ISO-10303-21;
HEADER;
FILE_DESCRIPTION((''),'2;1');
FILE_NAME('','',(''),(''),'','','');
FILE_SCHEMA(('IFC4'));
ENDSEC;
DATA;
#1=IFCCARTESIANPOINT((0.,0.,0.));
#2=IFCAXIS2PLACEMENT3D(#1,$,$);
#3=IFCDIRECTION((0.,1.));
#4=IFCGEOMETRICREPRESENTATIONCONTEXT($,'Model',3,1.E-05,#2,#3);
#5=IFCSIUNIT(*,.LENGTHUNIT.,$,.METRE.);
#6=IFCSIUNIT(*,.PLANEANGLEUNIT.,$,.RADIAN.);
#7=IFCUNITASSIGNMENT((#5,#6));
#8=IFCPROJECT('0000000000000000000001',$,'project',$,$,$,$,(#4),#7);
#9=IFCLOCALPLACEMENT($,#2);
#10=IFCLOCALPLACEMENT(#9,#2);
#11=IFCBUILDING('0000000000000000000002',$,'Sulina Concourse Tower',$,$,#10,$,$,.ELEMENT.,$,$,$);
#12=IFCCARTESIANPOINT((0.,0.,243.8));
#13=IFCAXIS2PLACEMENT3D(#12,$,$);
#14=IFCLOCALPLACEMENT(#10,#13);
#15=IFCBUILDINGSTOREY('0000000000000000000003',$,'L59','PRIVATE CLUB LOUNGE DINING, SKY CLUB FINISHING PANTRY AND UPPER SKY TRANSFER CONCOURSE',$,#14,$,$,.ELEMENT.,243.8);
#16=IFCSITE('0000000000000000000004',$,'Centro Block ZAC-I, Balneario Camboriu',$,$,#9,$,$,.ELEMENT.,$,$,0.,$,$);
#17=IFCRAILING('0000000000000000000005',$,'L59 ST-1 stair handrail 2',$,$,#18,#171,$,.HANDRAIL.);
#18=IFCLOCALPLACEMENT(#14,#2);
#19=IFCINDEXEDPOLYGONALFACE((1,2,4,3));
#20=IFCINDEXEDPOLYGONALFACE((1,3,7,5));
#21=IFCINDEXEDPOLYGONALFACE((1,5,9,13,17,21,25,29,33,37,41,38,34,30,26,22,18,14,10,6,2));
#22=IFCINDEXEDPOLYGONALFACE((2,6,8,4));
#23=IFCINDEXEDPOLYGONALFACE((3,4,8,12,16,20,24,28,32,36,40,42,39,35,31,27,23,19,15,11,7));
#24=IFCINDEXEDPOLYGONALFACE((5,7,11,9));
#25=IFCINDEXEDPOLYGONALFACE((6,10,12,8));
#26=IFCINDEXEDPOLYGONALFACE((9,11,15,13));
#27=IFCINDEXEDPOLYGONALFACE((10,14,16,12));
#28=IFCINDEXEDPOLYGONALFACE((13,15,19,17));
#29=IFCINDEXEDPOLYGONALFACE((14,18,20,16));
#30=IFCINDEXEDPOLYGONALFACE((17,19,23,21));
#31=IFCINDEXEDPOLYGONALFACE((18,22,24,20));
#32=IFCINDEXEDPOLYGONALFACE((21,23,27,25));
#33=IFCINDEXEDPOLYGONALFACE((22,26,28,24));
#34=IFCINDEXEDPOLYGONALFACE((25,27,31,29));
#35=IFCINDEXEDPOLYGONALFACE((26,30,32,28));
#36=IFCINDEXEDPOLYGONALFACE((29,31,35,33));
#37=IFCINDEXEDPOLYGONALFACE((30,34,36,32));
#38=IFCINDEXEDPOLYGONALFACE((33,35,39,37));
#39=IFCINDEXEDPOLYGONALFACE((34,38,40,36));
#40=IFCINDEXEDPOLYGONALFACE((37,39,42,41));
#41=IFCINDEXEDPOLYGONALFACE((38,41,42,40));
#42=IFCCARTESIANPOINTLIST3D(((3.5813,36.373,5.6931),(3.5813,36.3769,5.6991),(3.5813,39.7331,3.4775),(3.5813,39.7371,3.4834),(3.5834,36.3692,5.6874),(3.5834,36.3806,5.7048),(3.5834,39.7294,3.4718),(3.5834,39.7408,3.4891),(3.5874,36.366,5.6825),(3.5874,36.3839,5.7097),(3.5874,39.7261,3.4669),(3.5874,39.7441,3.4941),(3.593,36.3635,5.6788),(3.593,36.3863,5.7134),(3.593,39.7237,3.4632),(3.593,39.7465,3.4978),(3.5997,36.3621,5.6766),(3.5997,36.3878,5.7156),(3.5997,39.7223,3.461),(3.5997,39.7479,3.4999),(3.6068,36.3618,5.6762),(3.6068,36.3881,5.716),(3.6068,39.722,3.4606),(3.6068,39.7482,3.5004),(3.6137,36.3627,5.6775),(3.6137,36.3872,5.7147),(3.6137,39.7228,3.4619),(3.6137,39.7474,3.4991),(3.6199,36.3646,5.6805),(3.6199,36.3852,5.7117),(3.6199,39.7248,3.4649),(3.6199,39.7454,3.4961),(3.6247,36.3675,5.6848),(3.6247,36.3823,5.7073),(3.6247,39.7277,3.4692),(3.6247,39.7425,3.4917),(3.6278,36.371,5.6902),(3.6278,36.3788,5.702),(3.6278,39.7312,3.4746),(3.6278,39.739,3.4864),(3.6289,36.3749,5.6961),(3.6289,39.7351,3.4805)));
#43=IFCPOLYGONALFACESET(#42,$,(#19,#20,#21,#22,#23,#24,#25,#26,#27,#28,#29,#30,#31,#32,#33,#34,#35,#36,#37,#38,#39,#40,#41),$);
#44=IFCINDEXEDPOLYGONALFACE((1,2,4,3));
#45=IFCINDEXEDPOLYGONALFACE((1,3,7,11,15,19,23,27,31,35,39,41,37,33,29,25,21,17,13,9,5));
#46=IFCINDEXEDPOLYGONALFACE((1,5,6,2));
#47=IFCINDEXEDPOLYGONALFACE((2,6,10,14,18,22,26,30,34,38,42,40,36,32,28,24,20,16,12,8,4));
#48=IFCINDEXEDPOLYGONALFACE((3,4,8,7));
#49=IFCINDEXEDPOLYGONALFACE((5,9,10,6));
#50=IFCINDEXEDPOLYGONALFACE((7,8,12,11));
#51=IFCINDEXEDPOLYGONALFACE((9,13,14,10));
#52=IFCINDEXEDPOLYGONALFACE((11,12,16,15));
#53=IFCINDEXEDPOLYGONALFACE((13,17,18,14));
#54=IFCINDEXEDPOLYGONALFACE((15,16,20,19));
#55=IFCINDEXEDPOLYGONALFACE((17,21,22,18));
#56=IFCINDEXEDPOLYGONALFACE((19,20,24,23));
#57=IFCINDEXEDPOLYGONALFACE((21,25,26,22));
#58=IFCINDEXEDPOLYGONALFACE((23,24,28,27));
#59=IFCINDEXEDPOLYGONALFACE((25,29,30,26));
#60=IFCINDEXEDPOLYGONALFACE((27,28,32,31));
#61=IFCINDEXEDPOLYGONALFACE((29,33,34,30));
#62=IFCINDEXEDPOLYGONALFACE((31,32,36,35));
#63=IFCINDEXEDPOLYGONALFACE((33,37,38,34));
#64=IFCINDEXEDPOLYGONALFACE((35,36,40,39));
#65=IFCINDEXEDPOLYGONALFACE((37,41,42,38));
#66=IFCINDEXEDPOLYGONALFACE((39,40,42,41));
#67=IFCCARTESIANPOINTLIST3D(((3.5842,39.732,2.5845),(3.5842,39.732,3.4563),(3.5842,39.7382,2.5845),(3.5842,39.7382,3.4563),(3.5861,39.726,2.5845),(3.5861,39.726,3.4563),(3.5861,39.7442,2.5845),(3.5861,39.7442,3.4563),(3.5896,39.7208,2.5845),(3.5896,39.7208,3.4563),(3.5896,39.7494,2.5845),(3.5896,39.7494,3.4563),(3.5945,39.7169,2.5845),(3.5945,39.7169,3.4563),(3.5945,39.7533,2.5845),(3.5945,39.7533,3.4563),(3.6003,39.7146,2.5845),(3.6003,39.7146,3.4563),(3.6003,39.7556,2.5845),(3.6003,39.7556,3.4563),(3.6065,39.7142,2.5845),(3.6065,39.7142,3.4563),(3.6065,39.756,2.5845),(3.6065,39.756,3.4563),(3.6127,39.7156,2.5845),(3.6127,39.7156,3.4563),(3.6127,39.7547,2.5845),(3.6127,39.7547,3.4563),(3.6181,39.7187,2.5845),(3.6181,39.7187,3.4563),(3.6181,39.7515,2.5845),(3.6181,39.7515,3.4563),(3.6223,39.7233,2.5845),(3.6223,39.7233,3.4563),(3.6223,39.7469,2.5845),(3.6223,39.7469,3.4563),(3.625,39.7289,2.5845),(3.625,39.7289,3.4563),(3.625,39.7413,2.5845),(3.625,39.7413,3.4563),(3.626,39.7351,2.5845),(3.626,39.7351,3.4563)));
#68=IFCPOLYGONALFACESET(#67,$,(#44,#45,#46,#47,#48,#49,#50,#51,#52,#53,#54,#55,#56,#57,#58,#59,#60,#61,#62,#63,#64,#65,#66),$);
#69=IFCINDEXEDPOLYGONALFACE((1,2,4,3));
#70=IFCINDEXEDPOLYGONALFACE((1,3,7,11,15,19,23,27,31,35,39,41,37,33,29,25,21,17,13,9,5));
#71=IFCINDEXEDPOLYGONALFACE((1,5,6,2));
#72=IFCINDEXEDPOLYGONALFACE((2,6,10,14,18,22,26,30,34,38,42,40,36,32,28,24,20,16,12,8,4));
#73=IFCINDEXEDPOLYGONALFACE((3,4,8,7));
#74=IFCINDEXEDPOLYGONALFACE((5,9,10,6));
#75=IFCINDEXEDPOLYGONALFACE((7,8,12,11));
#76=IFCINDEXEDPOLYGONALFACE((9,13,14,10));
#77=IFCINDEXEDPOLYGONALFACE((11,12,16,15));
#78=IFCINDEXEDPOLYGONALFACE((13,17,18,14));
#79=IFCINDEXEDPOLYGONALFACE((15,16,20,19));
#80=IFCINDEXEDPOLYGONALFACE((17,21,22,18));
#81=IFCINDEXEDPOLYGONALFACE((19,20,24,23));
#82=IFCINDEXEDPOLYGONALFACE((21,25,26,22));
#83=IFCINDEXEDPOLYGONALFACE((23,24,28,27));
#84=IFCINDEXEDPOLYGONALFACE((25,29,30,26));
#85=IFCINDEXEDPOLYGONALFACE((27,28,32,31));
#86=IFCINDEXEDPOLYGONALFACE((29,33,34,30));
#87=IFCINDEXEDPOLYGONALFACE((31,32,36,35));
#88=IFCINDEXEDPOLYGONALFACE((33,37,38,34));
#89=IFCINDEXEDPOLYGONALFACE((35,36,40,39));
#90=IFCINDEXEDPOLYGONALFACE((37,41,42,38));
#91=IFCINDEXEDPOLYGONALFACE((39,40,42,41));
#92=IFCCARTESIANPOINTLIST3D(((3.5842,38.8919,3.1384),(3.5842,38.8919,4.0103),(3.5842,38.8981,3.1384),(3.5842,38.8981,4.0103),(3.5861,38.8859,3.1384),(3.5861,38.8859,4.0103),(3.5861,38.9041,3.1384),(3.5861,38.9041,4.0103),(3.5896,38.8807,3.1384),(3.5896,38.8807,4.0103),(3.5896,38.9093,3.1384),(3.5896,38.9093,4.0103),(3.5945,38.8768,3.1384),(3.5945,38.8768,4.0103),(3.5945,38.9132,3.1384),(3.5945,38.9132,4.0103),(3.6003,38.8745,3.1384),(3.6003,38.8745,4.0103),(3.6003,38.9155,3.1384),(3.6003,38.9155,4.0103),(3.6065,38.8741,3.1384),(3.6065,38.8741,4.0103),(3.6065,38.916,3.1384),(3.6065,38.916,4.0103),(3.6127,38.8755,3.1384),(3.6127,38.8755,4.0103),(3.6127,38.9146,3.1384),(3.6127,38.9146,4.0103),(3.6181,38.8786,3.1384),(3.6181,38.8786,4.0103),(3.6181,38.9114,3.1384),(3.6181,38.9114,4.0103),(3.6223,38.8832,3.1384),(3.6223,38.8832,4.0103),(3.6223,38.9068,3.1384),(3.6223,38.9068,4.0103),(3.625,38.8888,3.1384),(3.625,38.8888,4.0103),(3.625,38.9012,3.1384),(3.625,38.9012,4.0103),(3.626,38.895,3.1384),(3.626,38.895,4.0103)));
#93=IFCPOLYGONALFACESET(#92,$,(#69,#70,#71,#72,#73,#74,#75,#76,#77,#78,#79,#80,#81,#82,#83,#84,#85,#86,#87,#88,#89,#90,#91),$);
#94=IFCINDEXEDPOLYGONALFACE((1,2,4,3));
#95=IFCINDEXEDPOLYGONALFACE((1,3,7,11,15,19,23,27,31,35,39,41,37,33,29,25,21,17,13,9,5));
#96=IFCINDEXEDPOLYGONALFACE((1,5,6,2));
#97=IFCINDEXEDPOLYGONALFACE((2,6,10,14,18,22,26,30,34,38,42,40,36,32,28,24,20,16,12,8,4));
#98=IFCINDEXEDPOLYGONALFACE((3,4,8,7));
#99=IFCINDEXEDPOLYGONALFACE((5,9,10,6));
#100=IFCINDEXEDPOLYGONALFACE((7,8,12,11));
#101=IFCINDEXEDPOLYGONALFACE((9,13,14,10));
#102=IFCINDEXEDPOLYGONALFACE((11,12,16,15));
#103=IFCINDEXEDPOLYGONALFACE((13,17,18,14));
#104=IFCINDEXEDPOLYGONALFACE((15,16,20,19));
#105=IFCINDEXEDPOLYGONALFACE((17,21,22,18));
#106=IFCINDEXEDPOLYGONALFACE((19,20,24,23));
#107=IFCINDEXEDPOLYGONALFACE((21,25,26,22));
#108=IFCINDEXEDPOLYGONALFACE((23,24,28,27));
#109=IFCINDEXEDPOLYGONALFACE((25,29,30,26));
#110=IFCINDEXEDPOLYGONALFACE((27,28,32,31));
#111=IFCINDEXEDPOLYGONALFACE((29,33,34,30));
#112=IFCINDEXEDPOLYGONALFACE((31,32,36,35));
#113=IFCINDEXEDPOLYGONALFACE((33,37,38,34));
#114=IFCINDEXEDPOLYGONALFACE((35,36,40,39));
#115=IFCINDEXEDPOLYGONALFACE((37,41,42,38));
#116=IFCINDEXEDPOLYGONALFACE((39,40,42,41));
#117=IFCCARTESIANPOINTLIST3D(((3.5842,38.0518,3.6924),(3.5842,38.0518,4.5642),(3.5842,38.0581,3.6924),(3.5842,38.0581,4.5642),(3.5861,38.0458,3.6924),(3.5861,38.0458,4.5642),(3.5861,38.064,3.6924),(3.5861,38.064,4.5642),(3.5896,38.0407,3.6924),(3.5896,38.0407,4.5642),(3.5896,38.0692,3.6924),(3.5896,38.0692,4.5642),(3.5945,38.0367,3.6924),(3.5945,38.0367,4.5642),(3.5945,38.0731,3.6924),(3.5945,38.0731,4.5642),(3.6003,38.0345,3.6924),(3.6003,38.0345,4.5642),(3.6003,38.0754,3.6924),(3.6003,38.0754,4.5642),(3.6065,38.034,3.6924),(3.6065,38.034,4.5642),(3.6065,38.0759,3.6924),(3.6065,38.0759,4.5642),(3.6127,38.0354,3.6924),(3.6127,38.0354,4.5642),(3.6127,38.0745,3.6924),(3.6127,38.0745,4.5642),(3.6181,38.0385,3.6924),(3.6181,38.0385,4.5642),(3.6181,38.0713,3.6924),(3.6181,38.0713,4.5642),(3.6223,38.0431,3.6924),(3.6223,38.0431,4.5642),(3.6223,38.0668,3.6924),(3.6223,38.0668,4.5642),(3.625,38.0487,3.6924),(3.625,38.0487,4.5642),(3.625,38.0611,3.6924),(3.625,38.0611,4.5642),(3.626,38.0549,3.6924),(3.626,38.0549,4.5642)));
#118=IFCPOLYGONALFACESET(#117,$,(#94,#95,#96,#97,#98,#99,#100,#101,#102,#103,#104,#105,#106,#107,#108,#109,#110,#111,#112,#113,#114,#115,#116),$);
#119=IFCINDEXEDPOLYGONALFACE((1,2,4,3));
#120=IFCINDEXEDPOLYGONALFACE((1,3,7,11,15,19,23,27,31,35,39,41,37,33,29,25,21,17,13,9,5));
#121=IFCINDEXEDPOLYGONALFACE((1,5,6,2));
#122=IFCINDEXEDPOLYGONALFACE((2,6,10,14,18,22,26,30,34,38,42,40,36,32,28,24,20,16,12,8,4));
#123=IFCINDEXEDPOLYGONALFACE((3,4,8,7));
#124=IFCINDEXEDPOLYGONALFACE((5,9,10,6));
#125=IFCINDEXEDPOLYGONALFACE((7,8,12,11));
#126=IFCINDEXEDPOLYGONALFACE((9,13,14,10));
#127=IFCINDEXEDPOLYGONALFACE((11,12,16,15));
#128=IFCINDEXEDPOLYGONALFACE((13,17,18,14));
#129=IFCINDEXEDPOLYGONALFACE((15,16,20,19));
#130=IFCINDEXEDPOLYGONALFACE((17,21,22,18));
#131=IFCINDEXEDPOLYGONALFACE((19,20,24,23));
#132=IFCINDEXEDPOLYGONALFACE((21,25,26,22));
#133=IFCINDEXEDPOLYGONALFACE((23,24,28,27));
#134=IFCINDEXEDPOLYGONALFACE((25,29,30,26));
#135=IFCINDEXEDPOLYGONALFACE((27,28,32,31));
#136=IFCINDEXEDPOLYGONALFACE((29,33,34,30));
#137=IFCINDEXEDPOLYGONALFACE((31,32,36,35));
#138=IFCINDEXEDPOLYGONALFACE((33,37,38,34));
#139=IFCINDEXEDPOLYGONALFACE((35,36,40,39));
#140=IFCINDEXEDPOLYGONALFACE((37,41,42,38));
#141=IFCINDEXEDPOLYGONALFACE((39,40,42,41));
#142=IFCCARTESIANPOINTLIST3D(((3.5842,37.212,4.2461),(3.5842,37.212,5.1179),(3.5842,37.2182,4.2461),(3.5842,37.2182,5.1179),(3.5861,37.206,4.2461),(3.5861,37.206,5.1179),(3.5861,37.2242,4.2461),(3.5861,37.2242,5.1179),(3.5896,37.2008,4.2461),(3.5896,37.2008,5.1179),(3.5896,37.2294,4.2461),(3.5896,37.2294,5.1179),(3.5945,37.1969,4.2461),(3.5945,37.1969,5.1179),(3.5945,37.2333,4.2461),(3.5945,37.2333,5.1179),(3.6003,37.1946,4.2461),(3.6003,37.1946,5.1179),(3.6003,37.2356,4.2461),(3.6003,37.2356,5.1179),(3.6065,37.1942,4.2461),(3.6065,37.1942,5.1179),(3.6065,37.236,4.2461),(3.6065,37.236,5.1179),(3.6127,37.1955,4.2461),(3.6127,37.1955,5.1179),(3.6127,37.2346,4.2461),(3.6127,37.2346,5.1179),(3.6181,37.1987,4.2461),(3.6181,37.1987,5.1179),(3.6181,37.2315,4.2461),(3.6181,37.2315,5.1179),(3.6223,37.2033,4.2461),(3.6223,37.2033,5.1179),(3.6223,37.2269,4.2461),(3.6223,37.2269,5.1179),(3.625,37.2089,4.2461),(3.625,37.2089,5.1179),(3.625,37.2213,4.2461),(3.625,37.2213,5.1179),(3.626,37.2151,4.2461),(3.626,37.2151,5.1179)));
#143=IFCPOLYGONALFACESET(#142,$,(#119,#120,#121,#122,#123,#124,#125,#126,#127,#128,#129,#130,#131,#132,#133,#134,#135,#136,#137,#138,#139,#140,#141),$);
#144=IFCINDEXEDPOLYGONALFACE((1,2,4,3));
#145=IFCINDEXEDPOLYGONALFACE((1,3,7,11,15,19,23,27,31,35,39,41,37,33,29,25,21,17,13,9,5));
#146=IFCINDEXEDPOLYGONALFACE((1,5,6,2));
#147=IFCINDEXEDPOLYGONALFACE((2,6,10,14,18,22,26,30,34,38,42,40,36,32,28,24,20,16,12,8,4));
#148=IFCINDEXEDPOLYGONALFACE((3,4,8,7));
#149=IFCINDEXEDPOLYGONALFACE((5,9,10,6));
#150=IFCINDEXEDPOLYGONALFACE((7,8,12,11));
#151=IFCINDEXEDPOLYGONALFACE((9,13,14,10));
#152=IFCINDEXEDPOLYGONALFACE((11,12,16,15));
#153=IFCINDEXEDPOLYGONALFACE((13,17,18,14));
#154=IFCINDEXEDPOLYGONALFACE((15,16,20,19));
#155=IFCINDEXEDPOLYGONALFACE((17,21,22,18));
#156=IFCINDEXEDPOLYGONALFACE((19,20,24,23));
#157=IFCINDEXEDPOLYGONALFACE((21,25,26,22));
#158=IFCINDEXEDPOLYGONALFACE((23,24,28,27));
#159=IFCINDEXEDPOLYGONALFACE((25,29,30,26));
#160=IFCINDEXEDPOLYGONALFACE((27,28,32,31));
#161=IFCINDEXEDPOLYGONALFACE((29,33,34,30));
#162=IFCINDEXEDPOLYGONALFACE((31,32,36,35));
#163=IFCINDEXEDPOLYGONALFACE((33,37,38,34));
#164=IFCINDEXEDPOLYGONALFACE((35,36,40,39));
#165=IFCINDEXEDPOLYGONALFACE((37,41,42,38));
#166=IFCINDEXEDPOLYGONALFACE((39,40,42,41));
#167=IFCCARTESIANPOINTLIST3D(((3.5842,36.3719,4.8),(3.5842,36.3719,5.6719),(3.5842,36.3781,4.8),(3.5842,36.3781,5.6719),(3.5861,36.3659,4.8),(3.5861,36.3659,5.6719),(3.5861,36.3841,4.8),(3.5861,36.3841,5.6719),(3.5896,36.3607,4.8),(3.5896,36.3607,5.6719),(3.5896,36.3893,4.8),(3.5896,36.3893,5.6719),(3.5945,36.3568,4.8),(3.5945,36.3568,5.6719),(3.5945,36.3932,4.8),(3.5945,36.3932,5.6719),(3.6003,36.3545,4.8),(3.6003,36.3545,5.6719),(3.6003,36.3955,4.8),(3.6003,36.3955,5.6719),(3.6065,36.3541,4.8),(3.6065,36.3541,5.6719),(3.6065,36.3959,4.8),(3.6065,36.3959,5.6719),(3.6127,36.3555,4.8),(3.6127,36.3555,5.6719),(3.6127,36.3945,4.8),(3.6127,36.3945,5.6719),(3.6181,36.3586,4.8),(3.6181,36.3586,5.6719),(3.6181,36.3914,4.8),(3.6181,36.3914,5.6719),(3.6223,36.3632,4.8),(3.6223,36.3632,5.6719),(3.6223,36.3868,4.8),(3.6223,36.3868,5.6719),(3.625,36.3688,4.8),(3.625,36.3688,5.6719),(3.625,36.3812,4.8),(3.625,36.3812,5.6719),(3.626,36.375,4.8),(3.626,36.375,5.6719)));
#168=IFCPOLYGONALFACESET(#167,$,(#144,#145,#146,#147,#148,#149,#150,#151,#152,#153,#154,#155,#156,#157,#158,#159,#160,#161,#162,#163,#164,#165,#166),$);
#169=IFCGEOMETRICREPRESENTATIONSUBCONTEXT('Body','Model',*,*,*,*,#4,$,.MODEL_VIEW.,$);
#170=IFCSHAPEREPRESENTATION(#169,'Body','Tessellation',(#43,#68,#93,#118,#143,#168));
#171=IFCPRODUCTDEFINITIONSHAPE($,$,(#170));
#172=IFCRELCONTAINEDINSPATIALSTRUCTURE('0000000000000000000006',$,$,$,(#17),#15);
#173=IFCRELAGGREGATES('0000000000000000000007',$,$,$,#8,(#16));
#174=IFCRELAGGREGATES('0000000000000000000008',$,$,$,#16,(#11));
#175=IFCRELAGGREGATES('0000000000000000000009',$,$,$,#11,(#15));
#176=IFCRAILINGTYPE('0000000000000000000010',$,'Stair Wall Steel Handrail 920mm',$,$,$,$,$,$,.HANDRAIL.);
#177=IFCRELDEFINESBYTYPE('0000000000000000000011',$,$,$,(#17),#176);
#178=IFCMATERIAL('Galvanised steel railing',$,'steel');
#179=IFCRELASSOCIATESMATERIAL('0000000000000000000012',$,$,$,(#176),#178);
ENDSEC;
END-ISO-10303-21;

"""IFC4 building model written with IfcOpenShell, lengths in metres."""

from ifc_helpers import new_model, si_unit, direction, frame, origin, origin_2d, place, context, subcontext, project, spatial, circle, extrude, material, type_object, element, save


model = new_model("IFC4")

# Units and contexts
model_context = context("Model", 3, precision=1e-05, world=origin(), true_north=direction((0.0, 1.0)))
body_context = subcontext(model_context, "Body", "Model", "MODEL_VIEW")
ifc_project = project(units=[si_unit("LENGTHUNIT", "METRE"), si_unit("PLANEANGLEUNIT", "RADIAN")], contexts=[model_context])

# Site, building, storey
site_placement = place(None, origin())
site = spatial("IfcSite", under=ifc_project, at=site_placement, Name="Centro Block ZAC-I, Balneario Camboriu", CompositionType="ELEMENT", RefElevation=0.0)
building_placement = place(site_placement, origin())
building = spatial("IfcBuilding", under=site, at=building_placement, Name="Sulina Concourse Tower", CompositionType="ELEMENT")
storey_placement = place(building_placement, frame((0.0, 0.0, 243.8)))
storey = spatial("IfcBuildingStorey", under=building, at=storey_placement, Name="L59", Description="PRIVATE CLUB LOUNGE DINING, SKY CLUB FINISHING PANTRY AND UPPER SKY TRANSFER CONCOURSE", CompositionType="ELEMENT", Elevation=243.8)

# Railing
ifc_material_1 = material(Name="Galvanised steel railing", Category="steel")
railing_type_1 = type_object("IfcRailingType", Name="Stair Wall Steel Handrail 920mm", PredefinedType="HANDRAIL", material=ifc_material_1)
railing_1_placement = place(storey_placement, frame((3.605, 39.7351, 2.5845)))
element("IfcRailing", 1, at=railing_1_placement, inside=storey, type_object=railing_type_1, Name="L59 ST-1 stair handrail 2", PredefinedType="HANDRAIL", context=body_context, shape_type="SweptSolid", body=[
    extrude(circle(Radius=0.0239, at=origin_2d()), frame((0.0, 0.0, 0.896), z_axis=(0.0, -0.834849, 0.55048), x_axis=(1.0, 0.0, 0.0)), (0.0, 0.0, 1.0), 4.0249),
    extrude(circle(Radius=0.021, at=origin_2d()), origin(), (0.0, 0.0, 1.0), 0.8718),
    extrude(circle(Radius=0.021, at=origin_2d()), frame((0.0, -0.8401, 0.554)), (0.0, 0.0, 1.0), 0.8718),
    extrude(circle(Radius=0.021, at=origin_2d()), frame((0.0, -1.6802, 1.1079)), (0.0, 0.0, 1.0), 0.8718),
    extrude(circle(Radius=0.021, at=origin_2d()), frame((0.0, -2.52, 1.6616)), (0.0, 0.0, 1.0), 0.8718),
    extrude(circle(Radius=0.021, at=origin_2d()), frame((0.0, -3.3601, 2.2156)), (0.0, 0.0, 1.0), 0.8718),
])

save(model, "model.ifc")
